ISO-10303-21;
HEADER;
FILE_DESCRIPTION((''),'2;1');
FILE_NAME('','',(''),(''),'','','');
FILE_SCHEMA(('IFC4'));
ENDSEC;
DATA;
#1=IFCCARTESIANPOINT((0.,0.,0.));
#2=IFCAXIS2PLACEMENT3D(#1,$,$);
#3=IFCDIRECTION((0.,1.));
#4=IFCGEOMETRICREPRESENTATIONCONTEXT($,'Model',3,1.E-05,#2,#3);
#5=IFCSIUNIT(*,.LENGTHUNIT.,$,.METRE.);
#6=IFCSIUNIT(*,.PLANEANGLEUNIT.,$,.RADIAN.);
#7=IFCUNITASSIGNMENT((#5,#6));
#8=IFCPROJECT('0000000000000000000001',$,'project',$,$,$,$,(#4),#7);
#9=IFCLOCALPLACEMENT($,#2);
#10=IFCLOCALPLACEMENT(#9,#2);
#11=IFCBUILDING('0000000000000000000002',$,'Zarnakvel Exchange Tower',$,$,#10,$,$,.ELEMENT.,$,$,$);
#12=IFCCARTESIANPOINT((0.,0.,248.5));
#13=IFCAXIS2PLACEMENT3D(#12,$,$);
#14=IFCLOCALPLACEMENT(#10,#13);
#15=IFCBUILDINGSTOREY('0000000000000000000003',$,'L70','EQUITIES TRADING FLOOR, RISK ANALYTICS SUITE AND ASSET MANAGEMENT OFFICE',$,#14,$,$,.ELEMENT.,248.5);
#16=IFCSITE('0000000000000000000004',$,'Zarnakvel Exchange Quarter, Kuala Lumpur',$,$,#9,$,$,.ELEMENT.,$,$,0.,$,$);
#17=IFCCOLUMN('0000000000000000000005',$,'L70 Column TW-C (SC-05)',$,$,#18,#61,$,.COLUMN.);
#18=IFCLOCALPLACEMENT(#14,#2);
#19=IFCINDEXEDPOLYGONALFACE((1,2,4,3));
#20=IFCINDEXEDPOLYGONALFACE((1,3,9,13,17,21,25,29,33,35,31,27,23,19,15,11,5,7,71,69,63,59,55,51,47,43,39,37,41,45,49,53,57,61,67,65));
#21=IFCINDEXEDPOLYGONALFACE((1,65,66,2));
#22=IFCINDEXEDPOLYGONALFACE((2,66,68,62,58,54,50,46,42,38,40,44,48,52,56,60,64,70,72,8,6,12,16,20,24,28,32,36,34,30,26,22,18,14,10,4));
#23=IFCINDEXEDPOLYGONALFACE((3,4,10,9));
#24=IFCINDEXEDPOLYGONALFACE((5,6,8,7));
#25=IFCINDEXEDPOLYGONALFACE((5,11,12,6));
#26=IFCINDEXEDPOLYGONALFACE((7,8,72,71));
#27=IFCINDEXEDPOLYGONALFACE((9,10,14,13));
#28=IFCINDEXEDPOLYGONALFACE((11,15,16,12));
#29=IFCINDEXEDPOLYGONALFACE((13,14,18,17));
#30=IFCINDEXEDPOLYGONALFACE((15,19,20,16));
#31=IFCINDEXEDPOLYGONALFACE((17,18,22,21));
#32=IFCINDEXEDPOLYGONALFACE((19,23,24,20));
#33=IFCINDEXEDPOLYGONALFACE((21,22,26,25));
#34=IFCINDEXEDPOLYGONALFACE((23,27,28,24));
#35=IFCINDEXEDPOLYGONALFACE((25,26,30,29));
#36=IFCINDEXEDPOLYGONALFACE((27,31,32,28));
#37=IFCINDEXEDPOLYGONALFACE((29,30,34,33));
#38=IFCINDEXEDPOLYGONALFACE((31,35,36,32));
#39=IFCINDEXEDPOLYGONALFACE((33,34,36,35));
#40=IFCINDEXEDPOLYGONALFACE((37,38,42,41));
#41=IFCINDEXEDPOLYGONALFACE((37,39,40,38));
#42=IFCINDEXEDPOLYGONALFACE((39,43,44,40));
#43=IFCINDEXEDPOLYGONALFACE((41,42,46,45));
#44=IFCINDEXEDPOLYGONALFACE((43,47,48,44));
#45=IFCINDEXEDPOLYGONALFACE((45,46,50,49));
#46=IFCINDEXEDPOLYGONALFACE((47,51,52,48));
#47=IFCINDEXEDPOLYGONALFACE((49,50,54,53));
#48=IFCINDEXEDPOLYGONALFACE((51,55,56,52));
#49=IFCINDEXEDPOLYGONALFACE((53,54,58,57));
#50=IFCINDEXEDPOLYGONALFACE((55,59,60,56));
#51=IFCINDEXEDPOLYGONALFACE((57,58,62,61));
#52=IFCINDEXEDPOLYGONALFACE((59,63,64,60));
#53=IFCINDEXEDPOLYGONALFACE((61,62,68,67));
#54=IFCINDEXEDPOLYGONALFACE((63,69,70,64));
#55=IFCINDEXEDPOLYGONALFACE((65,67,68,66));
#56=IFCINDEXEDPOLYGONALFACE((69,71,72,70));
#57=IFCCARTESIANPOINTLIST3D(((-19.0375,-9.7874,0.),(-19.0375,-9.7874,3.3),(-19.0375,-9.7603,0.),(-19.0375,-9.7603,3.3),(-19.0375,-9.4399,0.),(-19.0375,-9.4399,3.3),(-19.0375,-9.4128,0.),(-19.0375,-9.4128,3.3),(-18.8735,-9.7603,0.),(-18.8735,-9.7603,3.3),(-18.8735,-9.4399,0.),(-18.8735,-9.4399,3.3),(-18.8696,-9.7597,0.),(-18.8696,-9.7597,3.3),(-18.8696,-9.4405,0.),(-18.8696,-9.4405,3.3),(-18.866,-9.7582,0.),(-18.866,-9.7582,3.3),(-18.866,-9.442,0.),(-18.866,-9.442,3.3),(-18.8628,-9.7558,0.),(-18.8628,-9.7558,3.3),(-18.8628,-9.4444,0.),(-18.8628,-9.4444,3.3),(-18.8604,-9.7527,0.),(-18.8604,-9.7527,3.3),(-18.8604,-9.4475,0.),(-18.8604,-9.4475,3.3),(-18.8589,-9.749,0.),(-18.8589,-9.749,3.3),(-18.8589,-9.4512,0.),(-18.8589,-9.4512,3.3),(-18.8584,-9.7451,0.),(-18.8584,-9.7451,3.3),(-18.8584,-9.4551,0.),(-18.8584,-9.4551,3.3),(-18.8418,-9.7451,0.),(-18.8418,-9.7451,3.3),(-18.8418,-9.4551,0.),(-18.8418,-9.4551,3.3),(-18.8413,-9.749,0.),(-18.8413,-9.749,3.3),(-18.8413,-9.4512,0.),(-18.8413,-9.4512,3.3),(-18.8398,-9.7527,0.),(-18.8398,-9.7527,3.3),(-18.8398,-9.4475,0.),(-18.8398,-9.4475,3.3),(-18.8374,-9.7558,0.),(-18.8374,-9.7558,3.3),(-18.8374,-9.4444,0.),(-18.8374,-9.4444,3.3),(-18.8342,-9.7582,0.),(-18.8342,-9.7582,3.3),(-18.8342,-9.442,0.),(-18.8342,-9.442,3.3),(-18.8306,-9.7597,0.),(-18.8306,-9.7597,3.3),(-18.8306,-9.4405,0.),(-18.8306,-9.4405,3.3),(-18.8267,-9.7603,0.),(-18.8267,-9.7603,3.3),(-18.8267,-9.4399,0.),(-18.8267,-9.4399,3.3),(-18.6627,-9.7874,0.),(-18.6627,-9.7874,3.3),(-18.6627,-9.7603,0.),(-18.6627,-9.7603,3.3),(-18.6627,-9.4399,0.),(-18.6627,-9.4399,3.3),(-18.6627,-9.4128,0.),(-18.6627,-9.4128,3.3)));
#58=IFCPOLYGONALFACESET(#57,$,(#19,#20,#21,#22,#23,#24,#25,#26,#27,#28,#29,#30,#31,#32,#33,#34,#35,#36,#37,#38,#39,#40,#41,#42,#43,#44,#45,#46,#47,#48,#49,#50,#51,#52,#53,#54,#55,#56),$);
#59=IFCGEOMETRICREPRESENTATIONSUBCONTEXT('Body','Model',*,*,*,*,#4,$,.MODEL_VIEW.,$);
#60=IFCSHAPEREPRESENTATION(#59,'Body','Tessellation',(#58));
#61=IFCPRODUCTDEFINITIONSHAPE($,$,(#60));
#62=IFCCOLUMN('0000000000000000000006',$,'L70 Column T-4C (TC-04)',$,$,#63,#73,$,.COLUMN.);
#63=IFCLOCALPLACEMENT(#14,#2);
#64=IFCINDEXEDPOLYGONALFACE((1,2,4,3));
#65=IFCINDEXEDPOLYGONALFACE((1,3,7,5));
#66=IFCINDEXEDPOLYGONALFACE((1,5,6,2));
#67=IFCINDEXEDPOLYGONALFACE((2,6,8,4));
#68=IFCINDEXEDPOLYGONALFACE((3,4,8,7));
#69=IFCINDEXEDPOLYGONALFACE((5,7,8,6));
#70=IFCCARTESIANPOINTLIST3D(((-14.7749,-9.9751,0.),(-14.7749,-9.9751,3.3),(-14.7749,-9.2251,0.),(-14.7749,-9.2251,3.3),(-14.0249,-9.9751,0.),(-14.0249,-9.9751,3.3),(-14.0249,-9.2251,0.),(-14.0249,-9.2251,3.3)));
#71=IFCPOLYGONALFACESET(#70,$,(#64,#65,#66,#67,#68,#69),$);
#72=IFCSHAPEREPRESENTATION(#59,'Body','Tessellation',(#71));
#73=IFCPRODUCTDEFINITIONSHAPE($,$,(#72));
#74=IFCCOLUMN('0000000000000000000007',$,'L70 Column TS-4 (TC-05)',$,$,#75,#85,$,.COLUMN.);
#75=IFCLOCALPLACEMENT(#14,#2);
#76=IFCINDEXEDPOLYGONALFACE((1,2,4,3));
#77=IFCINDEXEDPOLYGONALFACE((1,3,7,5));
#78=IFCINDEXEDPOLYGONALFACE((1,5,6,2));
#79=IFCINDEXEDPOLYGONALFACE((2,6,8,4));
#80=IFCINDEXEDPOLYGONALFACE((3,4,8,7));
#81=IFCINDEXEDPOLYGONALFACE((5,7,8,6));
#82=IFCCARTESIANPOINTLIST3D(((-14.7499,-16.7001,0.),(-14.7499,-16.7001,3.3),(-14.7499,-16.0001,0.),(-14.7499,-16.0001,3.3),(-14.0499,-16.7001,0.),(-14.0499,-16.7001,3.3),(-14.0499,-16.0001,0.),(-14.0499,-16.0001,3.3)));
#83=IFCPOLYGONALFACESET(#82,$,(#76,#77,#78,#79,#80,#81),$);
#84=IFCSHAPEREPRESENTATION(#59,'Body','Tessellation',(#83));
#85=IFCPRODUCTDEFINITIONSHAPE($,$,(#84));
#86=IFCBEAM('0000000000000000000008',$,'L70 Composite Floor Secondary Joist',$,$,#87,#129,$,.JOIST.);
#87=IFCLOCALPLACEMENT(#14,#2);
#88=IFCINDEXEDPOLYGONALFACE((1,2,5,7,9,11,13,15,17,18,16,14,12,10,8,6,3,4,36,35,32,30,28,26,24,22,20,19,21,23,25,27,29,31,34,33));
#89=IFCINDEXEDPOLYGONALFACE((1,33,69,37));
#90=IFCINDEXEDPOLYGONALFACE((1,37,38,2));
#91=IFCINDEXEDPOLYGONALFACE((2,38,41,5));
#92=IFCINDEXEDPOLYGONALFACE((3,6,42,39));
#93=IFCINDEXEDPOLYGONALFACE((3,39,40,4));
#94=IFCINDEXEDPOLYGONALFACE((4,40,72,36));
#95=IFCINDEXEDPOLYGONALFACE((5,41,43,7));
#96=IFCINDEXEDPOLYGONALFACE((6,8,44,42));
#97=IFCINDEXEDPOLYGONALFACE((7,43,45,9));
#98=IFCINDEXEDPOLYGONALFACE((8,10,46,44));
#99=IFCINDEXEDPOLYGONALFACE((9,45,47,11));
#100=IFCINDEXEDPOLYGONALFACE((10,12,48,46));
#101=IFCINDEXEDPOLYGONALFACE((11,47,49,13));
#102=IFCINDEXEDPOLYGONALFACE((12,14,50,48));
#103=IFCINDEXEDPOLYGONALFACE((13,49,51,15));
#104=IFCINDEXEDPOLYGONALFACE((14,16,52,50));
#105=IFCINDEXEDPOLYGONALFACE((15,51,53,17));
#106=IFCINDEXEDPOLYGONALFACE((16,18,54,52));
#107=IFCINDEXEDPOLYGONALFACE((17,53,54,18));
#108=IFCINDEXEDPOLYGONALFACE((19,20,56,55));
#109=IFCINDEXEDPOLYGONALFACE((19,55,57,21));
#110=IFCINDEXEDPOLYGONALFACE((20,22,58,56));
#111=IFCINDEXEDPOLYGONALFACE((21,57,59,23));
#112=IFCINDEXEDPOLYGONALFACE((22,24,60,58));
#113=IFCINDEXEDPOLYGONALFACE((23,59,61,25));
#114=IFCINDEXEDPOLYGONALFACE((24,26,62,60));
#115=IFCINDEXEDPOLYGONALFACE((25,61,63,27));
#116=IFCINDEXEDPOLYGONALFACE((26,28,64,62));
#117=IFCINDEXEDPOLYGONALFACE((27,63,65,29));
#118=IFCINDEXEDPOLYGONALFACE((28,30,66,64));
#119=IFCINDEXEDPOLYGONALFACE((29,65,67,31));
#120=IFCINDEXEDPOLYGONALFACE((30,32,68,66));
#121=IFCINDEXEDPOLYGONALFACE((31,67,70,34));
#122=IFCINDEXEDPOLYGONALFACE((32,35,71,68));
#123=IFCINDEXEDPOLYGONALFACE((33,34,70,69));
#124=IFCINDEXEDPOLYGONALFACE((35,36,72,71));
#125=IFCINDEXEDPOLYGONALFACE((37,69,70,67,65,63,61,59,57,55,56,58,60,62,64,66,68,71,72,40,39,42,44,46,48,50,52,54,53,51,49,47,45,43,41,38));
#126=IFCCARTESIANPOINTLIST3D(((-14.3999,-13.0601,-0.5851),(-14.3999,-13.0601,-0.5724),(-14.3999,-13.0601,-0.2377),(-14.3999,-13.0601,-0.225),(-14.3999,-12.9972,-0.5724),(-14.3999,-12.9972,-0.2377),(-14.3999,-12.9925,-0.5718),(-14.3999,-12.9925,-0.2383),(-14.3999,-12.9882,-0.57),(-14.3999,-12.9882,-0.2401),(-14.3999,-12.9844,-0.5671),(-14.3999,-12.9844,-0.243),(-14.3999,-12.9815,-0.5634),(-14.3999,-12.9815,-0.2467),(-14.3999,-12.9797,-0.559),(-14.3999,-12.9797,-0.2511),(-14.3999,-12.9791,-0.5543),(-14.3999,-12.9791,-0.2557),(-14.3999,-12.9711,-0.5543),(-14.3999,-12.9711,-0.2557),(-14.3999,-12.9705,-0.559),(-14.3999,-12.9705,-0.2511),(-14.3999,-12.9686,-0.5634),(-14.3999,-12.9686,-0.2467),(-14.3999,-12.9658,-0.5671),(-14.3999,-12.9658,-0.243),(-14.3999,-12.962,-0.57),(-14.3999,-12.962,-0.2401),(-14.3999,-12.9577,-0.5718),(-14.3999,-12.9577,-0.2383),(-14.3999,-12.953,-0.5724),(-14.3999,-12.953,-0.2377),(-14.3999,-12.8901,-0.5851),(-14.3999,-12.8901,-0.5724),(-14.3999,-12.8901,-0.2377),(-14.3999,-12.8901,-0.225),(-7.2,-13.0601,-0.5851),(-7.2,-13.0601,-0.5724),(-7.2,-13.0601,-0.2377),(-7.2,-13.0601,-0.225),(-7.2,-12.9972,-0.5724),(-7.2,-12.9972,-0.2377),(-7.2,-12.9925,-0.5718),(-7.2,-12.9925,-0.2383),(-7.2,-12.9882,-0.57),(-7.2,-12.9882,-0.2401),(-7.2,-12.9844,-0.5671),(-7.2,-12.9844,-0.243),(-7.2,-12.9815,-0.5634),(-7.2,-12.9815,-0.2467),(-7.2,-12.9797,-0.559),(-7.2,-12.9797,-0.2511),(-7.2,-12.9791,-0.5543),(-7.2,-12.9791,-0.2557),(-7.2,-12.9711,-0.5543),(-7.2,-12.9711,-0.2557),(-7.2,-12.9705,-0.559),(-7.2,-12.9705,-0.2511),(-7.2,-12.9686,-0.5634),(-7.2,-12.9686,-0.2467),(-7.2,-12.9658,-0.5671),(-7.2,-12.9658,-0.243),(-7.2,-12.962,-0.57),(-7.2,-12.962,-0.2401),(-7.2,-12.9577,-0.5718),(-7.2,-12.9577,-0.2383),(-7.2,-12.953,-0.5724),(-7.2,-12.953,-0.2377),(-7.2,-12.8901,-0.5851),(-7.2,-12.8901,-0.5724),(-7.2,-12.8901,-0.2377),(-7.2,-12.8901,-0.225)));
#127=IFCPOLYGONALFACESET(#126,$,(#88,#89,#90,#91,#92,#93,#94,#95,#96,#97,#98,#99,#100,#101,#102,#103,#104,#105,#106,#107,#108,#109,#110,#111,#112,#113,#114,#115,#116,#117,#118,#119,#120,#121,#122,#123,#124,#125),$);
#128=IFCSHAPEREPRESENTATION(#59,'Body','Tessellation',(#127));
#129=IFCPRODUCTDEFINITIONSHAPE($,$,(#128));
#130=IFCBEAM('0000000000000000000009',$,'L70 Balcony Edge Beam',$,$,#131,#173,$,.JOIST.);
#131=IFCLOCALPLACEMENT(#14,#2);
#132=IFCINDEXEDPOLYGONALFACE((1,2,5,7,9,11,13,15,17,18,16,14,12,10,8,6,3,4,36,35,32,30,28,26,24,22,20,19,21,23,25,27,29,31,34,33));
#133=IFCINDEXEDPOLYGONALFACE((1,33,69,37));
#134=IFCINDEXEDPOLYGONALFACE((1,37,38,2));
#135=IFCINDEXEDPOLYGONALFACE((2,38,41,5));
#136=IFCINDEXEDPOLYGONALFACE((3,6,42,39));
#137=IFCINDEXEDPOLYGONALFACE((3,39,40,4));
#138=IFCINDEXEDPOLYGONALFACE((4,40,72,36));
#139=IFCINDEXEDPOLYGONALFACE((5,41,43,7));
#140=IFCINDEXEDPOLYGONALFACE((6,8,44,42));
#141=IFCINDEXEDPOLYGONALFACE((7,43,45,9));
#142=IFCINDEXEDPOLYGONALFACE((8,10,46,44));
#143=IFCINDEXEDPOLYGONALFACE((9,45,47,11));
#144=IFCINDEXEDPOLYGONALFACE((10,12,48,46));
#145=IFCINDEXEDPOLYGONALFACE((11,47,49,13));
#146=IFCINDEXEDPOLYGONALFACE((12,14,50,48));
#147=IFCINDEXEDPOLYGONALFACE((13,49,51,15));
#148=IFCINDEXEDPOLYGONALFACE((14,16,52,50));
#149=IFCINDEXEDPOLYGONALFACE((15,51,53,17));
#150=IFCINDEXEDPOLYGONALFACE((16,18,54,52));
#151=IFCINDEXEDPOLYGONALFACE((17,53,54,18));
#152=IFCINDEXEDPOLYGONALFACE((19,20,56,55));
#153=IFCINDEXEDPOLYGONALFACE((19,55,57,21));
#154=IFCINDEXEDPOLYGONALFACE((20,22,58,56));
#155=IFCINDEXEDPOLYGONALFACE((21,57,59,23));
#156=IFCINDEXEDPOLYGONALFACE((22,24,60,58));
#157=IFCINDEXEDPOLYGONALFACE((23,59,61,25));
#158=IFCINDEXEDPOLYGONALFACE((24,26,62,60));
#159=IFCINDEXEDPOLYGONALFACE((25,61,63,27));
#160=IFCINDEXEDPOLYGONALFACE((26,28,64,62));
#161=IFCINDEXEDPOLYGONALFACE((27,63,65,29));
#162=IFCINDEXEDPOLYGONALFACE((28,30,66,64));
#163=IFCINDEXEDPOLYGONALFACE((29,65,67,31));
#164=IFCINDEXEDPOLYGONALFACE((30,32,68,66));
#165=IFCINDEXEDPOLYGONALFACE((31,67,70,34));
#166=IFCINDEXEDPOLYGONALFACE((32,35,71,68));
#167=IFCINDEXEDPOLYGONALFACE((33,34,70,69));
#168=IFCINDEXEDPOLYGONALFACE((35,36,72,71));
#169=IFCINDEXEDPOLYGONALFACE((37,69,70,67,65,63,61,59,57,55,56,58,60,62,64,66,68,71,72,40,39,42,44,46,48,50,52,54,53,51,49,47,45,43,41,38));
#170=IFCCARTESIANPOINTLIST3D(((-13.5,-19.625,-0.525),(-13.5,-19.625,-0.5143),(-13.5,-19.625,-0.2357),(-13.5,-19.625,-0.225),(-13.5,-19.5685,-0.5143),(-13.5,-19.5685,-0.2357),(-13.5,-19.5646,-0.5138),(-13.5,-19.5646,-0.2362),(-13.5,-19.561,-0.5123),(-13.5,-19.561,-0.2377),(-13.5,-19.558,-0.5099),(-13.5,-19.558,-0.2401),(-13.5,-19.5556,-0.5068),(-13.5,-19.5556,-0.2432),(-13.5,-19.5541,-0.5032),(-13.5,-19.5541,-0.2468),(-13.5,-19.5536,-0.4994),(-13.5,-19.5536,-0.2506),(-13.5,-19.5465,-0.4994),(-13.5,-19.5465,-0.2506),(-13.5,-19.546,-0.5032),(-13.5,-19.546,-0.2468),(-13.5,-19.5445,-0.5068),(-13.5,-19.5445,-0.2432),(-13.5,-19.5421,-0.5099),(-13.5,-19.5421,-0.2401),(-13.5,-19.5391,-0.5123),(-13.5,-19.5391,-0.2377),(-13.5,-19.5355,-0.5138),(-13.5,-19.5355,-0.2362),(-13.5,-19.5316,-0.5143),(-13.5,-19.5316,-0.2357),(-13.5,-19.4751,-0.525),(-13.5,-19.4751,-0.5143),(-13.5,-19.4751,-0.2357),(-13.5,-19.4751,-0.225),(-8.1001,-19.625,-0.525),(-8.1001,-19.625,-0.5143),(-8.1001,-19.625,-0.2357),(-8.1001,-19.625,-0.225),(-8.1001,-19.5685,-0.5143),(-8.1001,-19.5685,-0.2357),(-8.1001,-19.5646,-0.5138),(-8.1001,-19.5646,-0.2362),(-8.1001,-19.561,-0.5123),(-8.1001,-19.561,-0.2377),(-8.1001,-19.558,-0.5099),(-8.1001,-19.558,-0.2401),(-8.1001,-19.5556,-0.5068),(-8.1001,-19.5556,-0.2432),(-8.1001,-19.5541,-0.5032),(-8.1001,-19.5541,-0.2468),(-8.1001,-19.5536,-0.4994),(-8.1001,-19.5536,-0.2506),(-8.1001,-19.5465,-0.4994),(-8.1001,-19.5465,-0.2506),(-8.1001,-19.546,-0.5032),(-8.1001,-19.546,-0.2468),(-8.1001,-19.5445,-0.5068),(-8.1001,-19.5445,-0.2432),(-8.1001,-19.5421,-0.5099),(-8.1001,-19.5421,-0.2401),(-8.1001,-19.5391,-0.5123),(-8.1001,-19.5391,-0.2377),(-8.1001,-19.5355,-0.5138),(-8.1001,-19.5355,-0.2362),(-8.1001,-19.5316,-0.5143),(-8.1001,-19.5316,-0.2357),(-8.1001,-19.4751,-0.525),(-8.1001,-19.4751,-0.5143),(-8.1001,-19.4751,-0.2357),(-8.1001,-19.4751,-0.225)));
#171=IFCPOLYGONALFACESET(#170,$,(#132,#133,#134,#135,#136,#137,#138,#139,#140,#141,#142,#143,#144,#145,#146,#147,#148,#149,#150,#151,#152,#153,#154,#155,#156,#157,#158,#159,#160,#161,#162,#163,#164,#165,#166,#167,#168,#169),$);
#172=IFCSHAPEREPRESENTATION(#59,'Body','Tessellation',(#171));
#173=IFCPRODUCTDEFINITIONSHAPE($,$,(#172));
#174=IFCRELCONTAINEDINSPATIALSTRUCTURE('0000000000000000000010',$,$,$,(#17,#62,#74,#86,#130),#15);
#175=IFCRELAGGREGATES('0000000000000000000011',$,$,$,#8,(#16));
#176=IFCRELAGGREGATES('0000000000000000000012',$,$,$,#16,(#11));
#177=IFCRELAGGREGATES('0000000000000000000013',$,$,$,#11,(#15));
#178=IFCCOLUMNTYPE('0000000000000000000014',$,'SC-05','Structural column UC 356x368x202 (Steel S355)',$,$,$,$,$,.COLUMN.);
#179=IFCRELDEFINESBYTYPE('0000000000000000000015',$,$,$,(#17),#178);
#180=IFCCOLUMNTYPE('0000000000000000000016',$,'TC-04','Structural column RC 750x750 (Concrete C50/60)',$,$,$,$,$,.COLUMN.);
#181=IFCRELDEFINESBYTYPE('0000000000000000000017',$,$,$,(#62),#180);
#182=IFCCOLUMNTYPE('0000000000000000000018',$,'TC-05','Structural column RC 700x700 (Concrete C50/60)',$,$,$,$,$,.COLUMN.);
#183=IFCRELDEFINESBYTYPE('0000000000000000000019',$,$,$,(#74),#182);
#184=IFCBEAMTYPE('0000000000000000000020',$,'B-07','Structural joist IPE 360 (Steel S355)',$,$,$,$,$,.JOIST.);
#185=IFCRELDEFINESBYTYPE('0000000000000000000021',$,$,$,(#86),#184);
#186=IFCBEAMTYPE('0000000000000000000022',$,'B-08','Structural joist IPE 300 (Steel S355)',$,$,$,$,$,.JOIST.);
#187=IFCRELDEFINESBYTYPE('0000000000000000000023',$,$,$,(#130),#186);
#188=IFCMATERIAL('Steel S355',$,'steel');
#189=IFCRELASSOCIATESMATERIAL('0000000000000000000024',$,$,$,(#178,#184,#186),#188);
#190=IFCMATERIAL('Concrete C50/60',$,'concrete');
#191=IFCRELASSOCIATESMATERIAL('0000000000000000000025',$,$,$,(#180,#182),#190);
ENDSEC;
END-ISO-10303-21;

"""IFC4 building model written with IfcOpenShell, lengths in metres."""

from ifc_helpers import new_model, si_unit, direction, frame, origin, origin_2d, place, context, subcontext, project, spatial, rectangle, i_section, extrude, material, material_profile, profile_set, type_object, element, save


model = new_model("IFC4")

# Units and contexts
model_context = context("Model", 3, precision=1e-05, world=origin(), true_north=direction((0.0, 1.0)))
body_context = subcontext(model_context, "Body", "Model", "MODEL_VIEW")
ifc_project = project(units=[si_unit("LENGTHUNIT", "METRE"), si_unit("PLANEANGLEUNIT", "RADIAN")], contexts=[model_context])

# Site, building, storey
site_placement = place(None, origin())
site = spatial("IfcSite", under=ifc_project, at=site_placement, Name="Zarnakvel Exchange Quarter, Kuala Lumpur", CompositionType="ELEMENT", RefElevation=0.0)
building_placement = place(site_placement, origin())
building = spatial("IfcBuilding", under=site, at=building_placement, Name="Zarnakvel Exchange Tower", CompositionType="ELEMENT")
storey_placement = place(building_placement, frame((0.0, 0.0, 248.5)))
storey = spatial("IfcBuildingStorey", under=building, at=storey_placement, Name="L70", Description="EQUITIES TRADING FLOOR, RISK ANALYTICS SUITE AND ASSET MANAGEMENT OFFICE", CompositionType="ELEMENT", Elevation=248.5)

# Columns
ifc_material_1 = material(Name="Steel S355", Category="steel")
ifc_material_profile_1 = material_profile(ifc_material_1, i_section(OverallWidth=0.3748, OverallDepth=0.3745, WebThickness=0.0166, FlangeThickness=0.0271, FilletRadius=0.0151, at=origin_2d()))
ifc_profile_set_1 = profile_set([ifc_material_profile_1], Name="Steel S355")
column_type_1 = type_object("IfcColumnType", Name="SC-05", Description="Structural column UC 356x368x202 (Steel S355)", PredefinedType="COLUMN", material=ifc_profile_set_1)
column_1_placement = place(storey_placement, frame((-18.8501, -9.6001, 0.0), z_axis=(0.0, 0.0, 1.0), x_axis=(1.0, 0.0, 0.0)))
element("IfcColumn", 1, at=column_1_placement, inside=storey, type_object=column_type_1, Name="L70 Column TW-C (SC-05)", PredefinedType="COLUMN", context=body_context, shape_type="SweptSolid", body=[
    extrude(i_section(OverallWidth=0.3748, OverallDepth=0.3745, WebThickness=0.0166, FlangeThickness=0.0271, FilletRadius=0.0151, at=origin_2d()), origin(), (0.0, 0.0, 1.0), 3.3),
])
ifc_material_2 = material(Name="Concrete C50/60", Category="concrete")
ifc_material_profile_2 = material_profile(ifc_material_2, rectangle(XDim=0.75, YDim=0.75, at=origin_2d()))
ifc_profile_set_2 = profile_set([ifc_material_profile_2], Name="Concrete C50/60")
column_type_2 = type_object("IfcColumnType", Name="TC-04", Description="Structural column RC 750x750 (Concrete C50/60)", PredefinedType="COLUMN", material=ifc_profile_set_2)
column_2_placement = place(storey_placement, frame((-14.3999, -9.6001, 0.0), z_axis=(0.0, 0.0, 1.0), x_axis=(1.0, 0.0, 0.0)))
element("IfcColumn", 2, at=column_2_placement, inside=storey, type_object=column_type_2, Name="L70 Column T-4C (TC-04)", PredefinedType="COLUMN", context=body_context, shape_type="SweptSolid", body=[
    extrude(rectangle(XDim=0.75, YDim=0.75, at=origin_2d()), origin(), (0.0, 0.0, 1.0), 3.3),
])
ifc_material_profile_3 = material_profile(ifc_material_2, rectangle(XDim=0.7, YDim=0.7, at=origin_2d()))
ifc_profile_set_3 = profile_set([ifc_material_profile_3], Name="Concrete C50/60")
column_type_3 = type_object("IfcColumnType", Name="TC-05", Description="Structural column RC 700x700 (Concrete C50/60)", PredefinedType="COLUMN", material=ifc_profile_set_3)
column_3_placement = place(storey_placement, frame((-14.3999, -16.3501, 0.0), z_axis=(0.0, 0.0, 1.0), x_axis=(1.0, 0.0, 0.0)))
element("IfcColumn", 3, at=column_3_placement, inside=storey, type_object=column_type_3, Name="L70 Column TS-4 (TC-05)", PredefinedType="COLUMN", context=body_context, shape_type="SweptSolid", body=[
    extrude(rectangle(XDim=0.7, YDim=0.7, at=origin_2d()), origin(), (0.0, 0.0, 1.0), 3.3),
])

# Beams
ifc_material_profile_4 = material_profile(ifc_material_1, i_section(OverallWidth=0.1699, OverallDepth=0.3601, WebThickness=0.0081, FlangeThickness=0.0127, FilletRadius=0.0181, at=origin_2d()))
ifc_profile_set_4 = profile_set([ifc_material_profile_4], Name="Steel S355")
beam_type_1 = type_object("IfcBeamType", Name="B-07", Description="Structural joist IPE 360 (Steel S355)", PredefinedType="JOIST", material=ifc_profile_set_4)
beam_1_placement = place(storey_placement, frame((-14.3999, -12.9751, -0.405), z_axis=(1.0, 0.0, 0.0), x_axis=(0.0, 1.0, 0.0)))
element("IfcBeam", 4, at=beam_1_placement, inside=storey, type_object=beam_type_1, Name="L70 Composite Floor Secondary Joist", PredefinedType="JOIST", context=body_context, shape_type="SweptSolid", body=[
    extrude(i_section(OverallWidth=0.1699, OverallDepth=0.3601, WebThickness=0.0081, FlangeThickness=0.0127, FilletRadius=0.0181, at=origin_2d()), origin(), (0.0, 0.0, 1.0), 7.2),
])
ifc_material_profile_5 = material_profile(ifc_material_1, i_section(OverallWidth=0.1499, OverallDepth=0.3, WebThickness=0.0071, FlangeThickness=0.0107, FilletRadius=0.0149, at=origin_2d()))
ifc_profile_set_5 = profile_set([ifc_material_profile_5], Name="Steel S355")
beam_type_2 = type_object("IfcBeamType", Name="B-08", Description="Structural joist IPE 300 (Steel S355)", PredefinedType="JOIST", material=ifc_profile_set_5)
beam_2_placement = place(storey_placement, frame((-13.5, -19.55, -0.375), z_axis=(1.0, 0.0, 0.0), x_axis=(0.0, 1.0, 0.0)))
element("IfcBeam", 5, at=beam_2_placement, inside=storey, type_object=beam_type_2, Name="L70 Balcony Edge Beam", PredefinedType="JOIST", context=body_context, shape_type="SweptSolid", body=[
    extrude(i_section(OverallWidth=0.1499, OverallDepth=0.3, WebThickness=0.0071, FlangeThickness=0.0107, FilletRadius=0.0149, at=origin_2d()), origin(), (0.0, 0.0, 1.0), 5.3999),
])

save(model, "model.ifc")
